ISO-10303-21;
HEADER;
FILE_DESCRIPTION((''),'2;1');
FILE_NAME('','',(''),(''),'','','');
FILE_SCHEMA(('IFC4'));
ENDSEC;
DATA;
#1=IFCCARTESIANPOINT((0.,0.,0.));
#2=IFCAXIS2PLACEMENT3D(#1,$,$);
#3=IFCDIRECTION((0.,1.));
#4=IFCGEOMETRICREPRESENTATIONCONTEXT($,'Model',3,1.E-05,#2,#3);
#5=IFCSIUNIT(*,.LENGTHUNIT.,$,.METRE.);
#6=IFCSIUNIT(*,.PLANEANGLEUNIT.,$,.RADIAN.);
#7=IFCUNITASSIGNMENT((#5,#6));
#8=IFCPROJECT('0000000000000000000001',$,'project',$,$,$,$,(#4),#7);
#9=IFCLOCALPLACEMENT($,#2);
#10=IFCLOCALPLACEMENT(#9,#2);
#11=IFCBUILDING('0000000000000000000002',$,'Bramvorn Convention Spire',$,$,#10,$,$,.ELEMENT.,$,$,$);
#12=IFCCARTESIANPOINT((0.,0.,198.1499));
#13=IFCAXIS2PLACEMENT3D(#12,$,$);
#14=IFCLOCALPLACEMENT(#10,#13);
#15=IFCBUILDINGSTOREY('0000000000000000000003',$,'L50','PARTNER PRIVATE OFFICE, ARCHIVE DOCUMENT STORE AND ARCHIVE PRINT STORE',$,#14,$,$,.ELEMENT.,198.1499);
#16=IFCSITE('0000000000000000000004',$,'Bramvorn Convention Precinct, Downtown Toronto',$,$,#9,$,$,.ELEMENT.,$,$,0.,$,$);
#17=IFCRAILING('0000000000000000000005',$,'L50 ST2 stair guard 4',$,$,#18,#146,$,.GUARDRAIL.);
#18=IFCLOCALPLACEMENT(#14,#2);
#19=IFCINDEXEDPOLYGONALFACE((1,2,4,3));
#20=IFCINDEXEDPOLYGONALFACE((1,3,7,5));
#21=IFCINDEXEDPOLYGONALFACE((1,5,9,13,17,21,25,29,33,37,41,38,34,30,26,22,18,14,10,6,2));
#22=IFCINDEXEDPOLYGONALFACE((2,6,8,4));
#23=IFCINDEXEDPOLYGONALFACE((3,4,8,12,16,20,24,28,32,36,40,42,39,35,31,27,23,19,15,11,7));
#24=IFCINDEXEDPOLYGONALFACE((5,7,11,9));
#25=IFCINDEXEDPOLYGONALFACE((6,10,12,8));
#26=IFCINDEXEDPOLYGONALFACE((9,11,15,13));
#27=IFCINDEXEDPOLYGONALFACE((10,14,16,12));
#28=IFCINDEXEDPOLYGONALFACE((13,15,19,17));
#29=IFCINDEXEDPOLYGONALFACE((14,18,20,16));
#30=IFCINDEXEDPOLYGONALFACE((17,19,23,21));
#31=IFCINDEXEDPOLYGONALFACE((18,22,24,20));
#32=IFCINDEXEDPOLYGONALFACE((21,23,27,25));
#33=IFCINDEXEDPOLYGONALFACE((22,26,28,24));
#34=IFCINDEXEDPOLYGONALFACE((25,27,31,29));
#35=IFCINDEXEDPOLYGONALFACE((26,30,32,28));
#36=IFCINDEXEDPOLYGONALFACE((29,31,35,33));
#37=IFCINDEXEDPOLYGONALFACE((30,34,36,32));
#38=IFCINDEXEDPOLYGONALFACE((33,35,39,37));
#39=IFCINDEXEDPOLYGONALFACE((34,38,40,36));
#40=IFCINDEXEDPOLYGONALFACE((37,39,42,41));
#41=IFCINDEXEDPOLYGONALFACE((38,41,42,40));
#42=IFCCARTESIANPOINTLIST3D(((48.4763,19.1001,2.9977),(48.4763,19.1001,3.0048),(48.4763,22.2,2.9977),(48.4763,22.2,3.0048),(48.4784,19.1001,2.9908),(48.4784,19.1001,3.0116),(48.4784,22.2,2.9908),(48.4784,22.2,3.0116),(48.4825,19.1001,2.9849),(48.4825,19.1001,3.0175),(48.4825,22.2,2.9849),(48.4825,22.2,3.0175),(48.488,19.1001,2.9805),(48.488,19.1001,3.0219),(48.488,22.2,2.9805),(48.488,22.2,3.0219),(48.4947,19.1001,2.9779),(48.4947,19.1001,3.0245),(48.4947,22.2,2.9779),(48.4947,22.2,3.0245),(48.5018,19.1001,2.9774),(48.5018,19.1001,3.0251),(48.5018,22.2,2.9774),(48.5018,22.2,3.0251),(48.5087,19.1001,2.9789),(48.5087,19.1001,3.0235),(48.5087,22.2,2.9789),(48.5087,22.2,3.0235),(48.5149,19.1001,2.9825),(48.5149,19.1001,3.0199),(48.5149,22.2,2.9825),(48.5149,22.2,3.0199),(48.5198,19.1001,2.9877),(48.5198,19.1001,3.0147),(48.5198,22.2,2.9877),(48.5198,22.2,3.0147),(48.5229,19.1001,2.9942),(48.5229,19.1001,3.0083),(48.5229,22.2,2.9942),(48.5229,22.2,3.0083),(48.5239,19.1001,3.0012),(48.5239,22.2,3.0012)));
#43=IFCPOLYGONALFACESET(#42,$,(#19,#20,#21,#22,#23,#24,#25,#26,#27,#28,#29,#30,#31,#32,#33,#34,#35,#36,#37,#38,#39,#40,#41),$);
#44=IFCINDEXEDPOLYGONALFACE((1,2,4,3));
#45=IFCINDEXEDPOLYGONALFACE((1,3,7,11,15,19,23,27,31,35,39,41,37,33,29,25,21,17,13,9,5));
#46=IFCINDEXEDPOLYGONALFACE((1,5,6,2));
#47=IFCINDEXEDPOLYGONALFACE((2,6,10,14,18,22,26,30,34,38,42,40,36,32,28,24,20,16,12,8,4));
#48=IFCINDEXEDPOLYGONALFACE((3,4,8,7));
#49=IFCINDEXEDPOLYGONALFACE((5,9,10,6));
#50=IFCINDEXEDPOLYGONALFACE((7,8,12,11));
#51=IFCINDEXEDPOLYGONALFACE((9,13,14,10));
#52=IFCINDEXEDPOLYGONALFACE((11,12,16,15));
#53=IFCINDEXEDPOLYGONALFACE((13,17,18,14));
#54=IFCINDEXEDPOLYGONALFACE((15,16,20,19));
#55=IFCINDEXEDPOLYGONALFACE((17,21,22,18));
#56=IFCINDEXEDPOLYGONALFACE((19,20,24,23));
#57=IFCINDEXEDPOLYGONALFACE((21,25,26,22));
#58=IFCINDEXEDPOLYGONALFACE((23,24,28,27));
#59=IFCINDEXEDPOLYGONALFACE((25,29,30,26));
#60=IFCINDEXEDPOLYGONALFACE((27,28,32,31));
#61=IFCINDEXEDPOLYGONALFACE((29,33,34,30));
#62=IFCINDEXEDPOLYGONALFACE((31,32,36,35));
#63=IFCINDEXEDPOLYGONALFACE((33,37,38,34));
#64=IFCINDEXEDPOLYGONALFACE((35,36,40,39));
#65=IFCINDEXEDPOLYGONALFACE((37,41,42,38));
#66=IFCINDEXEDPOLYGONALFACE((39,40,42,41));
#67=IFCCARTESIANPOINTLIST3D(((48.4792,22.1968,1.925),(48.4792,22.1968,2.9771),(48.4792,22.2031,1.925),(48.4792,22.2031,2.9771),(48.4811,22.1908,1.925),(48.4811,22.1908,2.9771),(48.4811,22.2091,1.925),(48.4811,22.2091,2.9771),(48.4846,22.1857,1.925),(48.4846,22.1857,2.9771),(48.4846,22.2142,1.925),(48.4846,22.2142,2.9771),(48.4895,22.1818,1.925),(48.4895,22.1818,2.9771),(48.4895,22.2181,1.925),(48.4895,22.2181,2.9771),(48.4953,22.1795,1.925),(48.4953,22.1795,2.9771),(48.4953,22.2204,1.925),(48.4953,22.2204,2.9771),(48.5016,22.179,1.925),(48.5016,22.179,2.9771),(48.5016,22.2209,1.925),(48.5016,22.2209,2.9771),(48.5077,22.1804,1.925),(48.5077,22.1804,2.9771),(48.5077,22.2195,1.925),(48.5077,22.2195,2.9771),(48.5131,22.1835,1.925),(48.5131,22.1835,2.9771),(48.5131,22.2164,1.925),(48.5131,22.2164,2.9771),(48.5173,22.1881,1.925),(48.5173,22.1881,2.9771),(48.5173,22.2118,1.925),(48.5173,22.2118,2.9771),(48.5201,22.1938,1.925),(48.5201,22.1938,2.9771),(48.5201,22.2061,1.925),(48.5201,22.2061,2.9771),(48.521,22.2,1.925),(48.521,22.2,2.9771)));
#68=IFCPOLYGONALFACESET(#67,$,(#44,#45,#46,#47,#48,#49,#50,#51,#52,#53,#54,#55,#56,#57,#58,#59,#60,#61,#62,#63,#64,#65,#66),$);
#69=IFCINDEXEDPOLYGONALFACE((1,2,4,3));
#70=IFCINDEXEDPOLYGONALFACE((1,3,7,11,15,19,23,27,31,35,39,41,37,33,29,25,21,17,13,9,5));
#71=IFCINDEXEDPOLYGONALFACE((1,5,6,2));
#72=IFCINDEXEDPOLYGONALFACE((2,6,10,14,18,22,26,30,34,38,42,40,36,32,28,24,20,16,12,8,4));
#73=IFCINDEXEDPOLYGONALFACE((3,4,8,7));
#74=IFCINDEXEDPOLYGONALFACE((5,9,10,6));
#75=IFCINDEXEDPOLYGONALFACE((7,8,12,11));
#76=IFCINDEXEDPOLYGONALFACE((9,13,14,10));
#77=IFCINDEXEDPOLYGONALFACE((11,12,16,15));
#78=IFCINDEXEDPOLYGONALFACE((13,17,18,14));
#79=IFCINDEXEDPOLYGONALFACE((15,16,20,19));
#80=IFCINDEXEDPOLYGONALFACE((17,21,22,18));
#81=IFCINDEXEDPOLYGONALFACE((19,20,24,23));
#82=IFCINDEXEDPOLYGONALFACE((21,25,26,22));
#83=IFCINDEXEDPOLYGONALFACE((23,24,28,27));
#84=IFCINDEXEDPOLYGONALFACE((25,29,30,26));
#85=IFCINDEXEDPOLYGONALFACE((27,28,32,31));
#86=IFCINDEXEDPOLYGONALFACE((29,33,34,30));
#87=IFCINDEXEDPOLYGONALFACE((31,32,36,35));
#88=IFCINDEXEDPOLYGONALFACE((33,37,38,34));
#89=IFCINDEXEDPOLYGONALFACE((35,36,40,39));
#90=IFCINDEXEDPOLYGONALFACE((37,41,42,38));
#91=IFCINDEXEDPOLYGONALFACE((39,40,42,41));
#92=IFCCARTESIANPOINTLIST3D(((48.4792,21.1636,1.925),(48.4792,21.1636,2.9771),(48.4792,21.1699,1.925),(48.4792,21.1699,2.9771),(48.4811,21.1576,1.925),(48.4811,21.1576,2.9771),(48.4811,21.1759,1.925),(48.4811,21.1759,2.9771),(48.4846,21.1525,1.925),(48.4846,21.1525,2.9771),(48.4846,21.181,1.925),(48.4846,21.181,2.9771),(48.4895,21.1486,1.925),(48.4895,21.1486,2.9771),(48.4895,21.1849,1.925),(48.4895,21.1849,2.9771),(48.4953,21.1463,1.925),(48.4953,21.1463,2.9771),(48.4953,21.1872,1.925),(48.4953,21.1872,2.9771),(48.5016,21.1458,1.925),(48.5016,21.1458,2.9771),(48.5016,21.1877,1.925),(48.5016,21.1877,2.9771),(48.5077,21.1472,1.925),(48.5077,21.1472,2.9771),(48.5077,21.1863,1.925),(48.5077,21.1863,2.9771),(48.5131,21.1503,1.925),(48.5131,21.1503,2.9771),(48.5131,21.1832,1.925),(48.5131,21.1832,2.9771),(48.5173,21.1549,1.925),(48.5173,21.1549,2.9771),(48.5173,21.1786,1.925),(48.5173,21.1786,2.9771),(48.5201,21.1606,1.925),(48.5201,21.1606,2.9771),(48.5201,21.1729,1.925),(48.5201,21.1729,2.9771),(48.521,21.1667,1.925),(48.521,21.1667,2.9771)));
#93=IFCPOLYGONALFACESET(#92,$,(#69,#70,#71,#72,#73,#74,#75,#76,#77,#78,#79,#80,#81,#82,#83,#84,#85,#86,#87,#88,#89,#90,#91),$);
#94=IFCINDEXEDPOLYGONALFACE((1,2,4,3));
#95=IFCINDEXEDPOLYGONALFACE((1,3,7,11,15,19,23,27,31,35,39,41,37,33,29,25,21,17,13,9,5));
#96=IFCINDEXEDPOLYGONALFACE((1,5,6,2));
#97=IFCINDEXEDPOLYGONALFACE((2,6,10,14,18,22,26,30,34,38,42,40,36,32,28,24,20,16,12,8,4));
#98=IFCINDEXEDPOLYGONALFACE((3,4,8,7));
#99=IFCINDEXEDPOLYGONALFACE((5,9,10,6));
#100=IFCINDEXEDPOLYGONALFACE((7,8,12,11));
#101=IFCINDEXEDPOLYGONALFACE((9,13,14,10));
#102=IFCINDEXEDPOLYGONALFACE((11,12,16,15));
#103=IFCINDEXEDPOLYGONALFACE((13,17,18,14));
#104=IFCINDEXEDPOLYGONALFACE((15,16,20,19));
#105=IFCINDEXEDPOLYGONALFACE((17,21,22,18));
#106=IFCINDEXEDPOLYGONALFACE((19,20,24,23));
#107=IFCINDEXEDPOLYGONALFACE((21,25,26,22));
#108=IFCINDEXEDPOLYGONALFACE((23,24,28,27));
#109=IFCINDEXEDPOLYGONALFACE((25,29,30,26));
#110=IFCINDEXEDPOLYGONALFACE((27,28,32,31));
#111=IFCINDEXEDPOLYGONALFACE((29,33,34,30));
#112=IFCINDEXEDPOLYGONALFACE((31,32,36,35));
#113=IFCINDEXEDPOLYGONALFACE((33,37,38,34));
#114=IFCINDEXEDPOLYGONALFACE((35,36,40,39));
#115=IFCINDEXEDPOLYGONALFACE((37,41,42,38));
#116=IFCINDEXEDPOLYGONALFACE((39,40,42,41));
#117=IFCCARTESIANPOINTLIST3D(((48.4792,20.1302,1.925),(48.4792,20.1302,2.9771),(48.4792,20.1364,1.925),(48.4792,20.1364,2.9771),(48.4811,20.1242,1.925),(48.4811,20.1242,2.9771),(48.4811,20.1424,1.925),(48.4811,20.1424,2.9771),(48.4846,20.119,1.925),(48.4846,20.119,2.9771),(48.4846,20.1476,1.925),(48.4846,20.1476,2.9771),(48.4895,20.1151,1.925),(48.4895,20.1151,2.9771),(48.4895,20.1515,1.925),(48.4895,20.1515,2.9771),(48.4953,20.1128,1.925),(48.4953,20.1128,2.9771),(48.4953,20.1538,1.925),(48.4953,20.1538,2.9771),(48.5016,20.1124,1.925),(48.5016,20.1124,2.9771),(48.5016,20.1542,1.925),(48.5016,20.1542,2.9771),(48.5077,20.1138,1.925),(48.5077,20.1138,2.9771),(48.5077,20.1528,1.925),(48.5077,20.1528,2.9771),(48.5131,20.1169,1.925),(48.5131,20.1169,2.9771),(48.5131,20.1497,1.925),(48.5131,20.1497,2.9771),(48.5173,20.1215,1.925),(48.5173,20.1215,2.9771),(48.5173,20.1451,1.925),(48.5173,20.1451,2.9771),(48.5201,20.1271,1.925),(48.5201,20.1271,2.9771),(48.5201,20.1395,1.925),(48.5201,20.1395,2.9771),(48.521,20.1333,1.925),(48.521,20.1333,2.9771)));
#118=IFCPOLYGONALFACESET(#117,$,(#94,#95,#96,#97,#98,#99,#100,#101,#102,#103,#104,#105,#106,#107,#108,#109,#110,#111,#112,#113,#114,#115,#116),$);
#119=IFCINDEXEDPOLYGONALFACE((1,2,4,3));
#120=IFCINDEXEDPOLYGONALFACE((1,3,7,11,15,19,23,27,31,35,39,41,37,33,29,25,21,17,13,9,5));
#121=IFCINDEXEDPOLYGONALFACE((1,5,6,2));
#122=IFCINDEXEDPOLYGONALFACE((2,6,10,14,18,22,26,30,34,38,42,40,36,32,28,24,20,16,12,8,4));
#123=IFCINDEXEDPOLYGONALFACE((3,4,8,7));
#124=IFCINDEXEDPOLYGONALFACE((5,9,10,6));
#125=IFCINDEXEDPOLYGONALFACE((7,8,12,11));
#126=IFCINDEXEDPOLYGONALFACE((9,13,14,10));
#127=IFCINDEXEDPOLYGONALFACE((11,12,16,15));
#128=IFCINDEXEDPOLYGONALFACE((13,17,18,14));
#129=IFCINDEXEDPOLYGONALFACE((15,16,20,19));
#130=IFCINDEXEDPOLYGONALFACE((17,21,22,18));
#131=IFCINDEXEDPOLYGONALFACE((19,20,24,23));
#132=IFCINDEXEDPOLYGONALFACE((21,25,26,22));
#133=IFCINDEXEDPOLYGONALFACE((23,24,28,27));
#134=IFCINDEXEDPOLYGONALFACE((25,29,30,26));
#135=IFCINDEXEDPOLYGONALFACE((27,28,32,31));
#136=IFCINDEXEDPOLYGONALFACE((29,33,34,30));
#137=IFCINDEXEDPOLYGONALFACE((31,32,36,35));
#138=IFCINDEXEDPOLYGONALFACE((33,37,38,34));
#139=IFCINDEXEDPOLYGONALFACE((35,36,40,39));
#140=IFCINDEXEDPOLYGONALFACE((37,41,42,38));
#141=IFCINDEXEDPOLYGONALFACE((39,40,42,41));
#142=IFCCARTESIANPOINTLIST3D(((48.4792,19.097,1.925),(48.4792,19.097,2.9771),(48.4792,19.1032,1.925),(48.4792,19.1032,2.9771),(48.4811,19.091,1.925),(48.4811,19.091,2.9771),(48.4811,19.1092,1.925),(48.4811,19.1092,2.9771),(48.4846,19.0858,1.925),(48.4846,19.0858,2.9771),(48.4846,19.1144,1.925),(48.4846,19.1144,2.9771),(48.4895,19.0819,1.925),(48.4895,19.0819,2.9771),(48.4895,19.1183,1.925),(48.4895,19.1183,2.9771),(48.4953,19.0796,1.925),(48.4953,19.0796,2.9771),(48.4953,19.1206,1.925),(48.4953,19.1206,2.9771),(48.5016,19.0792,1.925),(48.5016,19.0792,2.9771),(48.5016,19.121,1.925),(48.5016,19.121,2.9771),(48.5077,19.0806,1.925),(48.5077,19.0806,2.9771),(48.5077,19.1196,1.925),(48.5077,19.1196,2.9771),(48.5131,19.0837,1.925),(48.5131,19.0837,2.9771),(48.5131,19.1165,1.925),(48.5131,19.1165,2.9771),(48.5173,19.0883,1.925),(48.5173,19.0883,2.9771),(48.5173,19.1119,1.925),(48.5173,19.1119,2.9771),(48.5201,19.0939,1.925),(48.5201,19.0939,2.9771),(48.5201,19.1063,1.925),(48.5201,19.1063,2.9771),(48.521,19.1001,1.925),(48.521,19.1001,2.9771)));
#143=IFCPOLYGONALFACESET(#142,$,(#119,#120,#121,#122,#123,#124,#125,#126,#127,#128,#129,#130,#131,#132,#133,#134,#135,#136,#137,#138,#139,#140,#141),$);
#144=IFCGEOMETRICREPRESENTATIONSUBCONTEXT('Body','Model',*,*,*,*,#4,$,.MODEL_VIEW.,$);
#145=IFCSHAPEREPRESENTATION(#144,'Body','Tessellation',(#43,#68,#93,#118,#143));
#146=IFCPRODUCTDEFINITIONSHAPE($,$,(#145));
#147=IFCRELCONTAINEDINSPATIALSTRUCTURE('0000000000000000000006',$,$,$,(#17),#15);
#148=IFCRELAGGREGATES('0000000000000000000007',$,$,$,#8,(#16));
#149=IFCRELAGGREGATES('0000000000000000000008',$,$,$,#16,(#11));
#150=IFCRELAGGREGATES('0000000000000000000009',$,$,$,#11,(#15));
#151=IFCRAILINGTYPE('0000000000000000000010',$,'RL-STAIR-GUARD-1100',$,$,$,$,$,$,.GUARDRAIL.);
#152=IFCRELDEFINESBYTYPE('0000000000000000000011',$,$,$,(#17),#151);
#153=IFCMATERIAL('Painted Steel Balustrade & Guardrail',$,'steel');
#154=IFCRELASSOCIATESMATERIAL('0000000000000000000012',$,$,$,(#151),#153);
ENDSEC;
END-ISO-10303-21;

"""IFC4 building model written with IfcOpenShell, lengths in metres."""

from ifc_helpers import new_model, si_unit, direction, frame, origin, origin_2d, place, context, subcontext, project, spatial, circle, extrude, material, type_object, element, save


model = new_model("IFC4")

# Units and contexts
model_context = context("Model", 3, precision=1e-05, world=origin(), true_north=direction((0.0, 1.0)))
body_context = subcontext(model_context, "Body", "Model", "MODEL_VIEW")
ifc_project = project(units=[si_unit("LENGTHUNIT", "METRE"), si_unit("PLANEANGLEUNIT", "RADIAN")], contexts=[model_context])

# Site, building, storey
site_placement = place(None, origin())
site = spatial("IfcSite", under=ifc_project, at=site_placement, Name="Bramvorn Convention Precinct, Downtown Toronto", CompositionType="ELEMENT", RefElevation=0.0)
building_placement = place(site_placement, origin())
building = spatial("IfcBuilding", under=site, at=building_placement, Name="Bramvorn Convention Spire", CompositionType="ELEMENT")
storey_placement = place(building_placement, frame((0.0, 0.0, 198.1499)))
storey = spatial("IfcBuildingStorey", under=building, at=storey_placement, Name="L50", Description="PARTNER PRIVATE OFFICE, ARCHIVE DOCUMENT STORE AND ARCHIVE PRINT STORE", CompositionType="ELEMENT", Elevation=198.1499)

# Railing
ifc_material_1 = material(Name="Painted Steel Balustrade & Guardrail", Category="steel")
railing_type_1 = type_object("IfcRailingType", Name="RL-STAIR-GUARD-1100", PredefinedType="GUARDRAIL", material=ifc_material_1)
railing_1_placement = place(storey_placement, frame((48.5, 22.2, 1.925)))
element("IfcRailing", 1, at=railing_1_placement, inside=storey, type_object=railing_type_1, Name="L50 ST2 stair guard 4", PredefinedType="GUARDRAIL", context=body_context, shape_type="SweptSolid", body=[
    extrude(circle(Radius=0.0239, at=origin_2d()), frame((0.0, 0.0, 1.0762), z_axis=(0.0, -1.0, 0.0), x_axis=(1.0, 0.0, 0.0)), (0.0, 0.0, 1.0), 3.0999),
    extrude(circle(Radius=0.021, at=origin_2d()), origin(), (0.0, 0.0, 1.0), 1.052),
    extrude(circle(Radius=0.021, at=origin_2d()), frame((0.0, -1.0332, 0.0)), (0.0, 0.0, 1.0), 1.052),
    extrude(circle(Radius=0.021, at=origin_2d()), frame((0.0, -2.0667, 0.0)), (0.0, 0.0, 1.0), 1.052),
    extrude(circle(Radius=0.021, at=origin_2d()), frame((0.0, -3.0999, 0.0)), (0.0, 0.0, 1.0), 1.052),
])

save(model, "model.ifc")
